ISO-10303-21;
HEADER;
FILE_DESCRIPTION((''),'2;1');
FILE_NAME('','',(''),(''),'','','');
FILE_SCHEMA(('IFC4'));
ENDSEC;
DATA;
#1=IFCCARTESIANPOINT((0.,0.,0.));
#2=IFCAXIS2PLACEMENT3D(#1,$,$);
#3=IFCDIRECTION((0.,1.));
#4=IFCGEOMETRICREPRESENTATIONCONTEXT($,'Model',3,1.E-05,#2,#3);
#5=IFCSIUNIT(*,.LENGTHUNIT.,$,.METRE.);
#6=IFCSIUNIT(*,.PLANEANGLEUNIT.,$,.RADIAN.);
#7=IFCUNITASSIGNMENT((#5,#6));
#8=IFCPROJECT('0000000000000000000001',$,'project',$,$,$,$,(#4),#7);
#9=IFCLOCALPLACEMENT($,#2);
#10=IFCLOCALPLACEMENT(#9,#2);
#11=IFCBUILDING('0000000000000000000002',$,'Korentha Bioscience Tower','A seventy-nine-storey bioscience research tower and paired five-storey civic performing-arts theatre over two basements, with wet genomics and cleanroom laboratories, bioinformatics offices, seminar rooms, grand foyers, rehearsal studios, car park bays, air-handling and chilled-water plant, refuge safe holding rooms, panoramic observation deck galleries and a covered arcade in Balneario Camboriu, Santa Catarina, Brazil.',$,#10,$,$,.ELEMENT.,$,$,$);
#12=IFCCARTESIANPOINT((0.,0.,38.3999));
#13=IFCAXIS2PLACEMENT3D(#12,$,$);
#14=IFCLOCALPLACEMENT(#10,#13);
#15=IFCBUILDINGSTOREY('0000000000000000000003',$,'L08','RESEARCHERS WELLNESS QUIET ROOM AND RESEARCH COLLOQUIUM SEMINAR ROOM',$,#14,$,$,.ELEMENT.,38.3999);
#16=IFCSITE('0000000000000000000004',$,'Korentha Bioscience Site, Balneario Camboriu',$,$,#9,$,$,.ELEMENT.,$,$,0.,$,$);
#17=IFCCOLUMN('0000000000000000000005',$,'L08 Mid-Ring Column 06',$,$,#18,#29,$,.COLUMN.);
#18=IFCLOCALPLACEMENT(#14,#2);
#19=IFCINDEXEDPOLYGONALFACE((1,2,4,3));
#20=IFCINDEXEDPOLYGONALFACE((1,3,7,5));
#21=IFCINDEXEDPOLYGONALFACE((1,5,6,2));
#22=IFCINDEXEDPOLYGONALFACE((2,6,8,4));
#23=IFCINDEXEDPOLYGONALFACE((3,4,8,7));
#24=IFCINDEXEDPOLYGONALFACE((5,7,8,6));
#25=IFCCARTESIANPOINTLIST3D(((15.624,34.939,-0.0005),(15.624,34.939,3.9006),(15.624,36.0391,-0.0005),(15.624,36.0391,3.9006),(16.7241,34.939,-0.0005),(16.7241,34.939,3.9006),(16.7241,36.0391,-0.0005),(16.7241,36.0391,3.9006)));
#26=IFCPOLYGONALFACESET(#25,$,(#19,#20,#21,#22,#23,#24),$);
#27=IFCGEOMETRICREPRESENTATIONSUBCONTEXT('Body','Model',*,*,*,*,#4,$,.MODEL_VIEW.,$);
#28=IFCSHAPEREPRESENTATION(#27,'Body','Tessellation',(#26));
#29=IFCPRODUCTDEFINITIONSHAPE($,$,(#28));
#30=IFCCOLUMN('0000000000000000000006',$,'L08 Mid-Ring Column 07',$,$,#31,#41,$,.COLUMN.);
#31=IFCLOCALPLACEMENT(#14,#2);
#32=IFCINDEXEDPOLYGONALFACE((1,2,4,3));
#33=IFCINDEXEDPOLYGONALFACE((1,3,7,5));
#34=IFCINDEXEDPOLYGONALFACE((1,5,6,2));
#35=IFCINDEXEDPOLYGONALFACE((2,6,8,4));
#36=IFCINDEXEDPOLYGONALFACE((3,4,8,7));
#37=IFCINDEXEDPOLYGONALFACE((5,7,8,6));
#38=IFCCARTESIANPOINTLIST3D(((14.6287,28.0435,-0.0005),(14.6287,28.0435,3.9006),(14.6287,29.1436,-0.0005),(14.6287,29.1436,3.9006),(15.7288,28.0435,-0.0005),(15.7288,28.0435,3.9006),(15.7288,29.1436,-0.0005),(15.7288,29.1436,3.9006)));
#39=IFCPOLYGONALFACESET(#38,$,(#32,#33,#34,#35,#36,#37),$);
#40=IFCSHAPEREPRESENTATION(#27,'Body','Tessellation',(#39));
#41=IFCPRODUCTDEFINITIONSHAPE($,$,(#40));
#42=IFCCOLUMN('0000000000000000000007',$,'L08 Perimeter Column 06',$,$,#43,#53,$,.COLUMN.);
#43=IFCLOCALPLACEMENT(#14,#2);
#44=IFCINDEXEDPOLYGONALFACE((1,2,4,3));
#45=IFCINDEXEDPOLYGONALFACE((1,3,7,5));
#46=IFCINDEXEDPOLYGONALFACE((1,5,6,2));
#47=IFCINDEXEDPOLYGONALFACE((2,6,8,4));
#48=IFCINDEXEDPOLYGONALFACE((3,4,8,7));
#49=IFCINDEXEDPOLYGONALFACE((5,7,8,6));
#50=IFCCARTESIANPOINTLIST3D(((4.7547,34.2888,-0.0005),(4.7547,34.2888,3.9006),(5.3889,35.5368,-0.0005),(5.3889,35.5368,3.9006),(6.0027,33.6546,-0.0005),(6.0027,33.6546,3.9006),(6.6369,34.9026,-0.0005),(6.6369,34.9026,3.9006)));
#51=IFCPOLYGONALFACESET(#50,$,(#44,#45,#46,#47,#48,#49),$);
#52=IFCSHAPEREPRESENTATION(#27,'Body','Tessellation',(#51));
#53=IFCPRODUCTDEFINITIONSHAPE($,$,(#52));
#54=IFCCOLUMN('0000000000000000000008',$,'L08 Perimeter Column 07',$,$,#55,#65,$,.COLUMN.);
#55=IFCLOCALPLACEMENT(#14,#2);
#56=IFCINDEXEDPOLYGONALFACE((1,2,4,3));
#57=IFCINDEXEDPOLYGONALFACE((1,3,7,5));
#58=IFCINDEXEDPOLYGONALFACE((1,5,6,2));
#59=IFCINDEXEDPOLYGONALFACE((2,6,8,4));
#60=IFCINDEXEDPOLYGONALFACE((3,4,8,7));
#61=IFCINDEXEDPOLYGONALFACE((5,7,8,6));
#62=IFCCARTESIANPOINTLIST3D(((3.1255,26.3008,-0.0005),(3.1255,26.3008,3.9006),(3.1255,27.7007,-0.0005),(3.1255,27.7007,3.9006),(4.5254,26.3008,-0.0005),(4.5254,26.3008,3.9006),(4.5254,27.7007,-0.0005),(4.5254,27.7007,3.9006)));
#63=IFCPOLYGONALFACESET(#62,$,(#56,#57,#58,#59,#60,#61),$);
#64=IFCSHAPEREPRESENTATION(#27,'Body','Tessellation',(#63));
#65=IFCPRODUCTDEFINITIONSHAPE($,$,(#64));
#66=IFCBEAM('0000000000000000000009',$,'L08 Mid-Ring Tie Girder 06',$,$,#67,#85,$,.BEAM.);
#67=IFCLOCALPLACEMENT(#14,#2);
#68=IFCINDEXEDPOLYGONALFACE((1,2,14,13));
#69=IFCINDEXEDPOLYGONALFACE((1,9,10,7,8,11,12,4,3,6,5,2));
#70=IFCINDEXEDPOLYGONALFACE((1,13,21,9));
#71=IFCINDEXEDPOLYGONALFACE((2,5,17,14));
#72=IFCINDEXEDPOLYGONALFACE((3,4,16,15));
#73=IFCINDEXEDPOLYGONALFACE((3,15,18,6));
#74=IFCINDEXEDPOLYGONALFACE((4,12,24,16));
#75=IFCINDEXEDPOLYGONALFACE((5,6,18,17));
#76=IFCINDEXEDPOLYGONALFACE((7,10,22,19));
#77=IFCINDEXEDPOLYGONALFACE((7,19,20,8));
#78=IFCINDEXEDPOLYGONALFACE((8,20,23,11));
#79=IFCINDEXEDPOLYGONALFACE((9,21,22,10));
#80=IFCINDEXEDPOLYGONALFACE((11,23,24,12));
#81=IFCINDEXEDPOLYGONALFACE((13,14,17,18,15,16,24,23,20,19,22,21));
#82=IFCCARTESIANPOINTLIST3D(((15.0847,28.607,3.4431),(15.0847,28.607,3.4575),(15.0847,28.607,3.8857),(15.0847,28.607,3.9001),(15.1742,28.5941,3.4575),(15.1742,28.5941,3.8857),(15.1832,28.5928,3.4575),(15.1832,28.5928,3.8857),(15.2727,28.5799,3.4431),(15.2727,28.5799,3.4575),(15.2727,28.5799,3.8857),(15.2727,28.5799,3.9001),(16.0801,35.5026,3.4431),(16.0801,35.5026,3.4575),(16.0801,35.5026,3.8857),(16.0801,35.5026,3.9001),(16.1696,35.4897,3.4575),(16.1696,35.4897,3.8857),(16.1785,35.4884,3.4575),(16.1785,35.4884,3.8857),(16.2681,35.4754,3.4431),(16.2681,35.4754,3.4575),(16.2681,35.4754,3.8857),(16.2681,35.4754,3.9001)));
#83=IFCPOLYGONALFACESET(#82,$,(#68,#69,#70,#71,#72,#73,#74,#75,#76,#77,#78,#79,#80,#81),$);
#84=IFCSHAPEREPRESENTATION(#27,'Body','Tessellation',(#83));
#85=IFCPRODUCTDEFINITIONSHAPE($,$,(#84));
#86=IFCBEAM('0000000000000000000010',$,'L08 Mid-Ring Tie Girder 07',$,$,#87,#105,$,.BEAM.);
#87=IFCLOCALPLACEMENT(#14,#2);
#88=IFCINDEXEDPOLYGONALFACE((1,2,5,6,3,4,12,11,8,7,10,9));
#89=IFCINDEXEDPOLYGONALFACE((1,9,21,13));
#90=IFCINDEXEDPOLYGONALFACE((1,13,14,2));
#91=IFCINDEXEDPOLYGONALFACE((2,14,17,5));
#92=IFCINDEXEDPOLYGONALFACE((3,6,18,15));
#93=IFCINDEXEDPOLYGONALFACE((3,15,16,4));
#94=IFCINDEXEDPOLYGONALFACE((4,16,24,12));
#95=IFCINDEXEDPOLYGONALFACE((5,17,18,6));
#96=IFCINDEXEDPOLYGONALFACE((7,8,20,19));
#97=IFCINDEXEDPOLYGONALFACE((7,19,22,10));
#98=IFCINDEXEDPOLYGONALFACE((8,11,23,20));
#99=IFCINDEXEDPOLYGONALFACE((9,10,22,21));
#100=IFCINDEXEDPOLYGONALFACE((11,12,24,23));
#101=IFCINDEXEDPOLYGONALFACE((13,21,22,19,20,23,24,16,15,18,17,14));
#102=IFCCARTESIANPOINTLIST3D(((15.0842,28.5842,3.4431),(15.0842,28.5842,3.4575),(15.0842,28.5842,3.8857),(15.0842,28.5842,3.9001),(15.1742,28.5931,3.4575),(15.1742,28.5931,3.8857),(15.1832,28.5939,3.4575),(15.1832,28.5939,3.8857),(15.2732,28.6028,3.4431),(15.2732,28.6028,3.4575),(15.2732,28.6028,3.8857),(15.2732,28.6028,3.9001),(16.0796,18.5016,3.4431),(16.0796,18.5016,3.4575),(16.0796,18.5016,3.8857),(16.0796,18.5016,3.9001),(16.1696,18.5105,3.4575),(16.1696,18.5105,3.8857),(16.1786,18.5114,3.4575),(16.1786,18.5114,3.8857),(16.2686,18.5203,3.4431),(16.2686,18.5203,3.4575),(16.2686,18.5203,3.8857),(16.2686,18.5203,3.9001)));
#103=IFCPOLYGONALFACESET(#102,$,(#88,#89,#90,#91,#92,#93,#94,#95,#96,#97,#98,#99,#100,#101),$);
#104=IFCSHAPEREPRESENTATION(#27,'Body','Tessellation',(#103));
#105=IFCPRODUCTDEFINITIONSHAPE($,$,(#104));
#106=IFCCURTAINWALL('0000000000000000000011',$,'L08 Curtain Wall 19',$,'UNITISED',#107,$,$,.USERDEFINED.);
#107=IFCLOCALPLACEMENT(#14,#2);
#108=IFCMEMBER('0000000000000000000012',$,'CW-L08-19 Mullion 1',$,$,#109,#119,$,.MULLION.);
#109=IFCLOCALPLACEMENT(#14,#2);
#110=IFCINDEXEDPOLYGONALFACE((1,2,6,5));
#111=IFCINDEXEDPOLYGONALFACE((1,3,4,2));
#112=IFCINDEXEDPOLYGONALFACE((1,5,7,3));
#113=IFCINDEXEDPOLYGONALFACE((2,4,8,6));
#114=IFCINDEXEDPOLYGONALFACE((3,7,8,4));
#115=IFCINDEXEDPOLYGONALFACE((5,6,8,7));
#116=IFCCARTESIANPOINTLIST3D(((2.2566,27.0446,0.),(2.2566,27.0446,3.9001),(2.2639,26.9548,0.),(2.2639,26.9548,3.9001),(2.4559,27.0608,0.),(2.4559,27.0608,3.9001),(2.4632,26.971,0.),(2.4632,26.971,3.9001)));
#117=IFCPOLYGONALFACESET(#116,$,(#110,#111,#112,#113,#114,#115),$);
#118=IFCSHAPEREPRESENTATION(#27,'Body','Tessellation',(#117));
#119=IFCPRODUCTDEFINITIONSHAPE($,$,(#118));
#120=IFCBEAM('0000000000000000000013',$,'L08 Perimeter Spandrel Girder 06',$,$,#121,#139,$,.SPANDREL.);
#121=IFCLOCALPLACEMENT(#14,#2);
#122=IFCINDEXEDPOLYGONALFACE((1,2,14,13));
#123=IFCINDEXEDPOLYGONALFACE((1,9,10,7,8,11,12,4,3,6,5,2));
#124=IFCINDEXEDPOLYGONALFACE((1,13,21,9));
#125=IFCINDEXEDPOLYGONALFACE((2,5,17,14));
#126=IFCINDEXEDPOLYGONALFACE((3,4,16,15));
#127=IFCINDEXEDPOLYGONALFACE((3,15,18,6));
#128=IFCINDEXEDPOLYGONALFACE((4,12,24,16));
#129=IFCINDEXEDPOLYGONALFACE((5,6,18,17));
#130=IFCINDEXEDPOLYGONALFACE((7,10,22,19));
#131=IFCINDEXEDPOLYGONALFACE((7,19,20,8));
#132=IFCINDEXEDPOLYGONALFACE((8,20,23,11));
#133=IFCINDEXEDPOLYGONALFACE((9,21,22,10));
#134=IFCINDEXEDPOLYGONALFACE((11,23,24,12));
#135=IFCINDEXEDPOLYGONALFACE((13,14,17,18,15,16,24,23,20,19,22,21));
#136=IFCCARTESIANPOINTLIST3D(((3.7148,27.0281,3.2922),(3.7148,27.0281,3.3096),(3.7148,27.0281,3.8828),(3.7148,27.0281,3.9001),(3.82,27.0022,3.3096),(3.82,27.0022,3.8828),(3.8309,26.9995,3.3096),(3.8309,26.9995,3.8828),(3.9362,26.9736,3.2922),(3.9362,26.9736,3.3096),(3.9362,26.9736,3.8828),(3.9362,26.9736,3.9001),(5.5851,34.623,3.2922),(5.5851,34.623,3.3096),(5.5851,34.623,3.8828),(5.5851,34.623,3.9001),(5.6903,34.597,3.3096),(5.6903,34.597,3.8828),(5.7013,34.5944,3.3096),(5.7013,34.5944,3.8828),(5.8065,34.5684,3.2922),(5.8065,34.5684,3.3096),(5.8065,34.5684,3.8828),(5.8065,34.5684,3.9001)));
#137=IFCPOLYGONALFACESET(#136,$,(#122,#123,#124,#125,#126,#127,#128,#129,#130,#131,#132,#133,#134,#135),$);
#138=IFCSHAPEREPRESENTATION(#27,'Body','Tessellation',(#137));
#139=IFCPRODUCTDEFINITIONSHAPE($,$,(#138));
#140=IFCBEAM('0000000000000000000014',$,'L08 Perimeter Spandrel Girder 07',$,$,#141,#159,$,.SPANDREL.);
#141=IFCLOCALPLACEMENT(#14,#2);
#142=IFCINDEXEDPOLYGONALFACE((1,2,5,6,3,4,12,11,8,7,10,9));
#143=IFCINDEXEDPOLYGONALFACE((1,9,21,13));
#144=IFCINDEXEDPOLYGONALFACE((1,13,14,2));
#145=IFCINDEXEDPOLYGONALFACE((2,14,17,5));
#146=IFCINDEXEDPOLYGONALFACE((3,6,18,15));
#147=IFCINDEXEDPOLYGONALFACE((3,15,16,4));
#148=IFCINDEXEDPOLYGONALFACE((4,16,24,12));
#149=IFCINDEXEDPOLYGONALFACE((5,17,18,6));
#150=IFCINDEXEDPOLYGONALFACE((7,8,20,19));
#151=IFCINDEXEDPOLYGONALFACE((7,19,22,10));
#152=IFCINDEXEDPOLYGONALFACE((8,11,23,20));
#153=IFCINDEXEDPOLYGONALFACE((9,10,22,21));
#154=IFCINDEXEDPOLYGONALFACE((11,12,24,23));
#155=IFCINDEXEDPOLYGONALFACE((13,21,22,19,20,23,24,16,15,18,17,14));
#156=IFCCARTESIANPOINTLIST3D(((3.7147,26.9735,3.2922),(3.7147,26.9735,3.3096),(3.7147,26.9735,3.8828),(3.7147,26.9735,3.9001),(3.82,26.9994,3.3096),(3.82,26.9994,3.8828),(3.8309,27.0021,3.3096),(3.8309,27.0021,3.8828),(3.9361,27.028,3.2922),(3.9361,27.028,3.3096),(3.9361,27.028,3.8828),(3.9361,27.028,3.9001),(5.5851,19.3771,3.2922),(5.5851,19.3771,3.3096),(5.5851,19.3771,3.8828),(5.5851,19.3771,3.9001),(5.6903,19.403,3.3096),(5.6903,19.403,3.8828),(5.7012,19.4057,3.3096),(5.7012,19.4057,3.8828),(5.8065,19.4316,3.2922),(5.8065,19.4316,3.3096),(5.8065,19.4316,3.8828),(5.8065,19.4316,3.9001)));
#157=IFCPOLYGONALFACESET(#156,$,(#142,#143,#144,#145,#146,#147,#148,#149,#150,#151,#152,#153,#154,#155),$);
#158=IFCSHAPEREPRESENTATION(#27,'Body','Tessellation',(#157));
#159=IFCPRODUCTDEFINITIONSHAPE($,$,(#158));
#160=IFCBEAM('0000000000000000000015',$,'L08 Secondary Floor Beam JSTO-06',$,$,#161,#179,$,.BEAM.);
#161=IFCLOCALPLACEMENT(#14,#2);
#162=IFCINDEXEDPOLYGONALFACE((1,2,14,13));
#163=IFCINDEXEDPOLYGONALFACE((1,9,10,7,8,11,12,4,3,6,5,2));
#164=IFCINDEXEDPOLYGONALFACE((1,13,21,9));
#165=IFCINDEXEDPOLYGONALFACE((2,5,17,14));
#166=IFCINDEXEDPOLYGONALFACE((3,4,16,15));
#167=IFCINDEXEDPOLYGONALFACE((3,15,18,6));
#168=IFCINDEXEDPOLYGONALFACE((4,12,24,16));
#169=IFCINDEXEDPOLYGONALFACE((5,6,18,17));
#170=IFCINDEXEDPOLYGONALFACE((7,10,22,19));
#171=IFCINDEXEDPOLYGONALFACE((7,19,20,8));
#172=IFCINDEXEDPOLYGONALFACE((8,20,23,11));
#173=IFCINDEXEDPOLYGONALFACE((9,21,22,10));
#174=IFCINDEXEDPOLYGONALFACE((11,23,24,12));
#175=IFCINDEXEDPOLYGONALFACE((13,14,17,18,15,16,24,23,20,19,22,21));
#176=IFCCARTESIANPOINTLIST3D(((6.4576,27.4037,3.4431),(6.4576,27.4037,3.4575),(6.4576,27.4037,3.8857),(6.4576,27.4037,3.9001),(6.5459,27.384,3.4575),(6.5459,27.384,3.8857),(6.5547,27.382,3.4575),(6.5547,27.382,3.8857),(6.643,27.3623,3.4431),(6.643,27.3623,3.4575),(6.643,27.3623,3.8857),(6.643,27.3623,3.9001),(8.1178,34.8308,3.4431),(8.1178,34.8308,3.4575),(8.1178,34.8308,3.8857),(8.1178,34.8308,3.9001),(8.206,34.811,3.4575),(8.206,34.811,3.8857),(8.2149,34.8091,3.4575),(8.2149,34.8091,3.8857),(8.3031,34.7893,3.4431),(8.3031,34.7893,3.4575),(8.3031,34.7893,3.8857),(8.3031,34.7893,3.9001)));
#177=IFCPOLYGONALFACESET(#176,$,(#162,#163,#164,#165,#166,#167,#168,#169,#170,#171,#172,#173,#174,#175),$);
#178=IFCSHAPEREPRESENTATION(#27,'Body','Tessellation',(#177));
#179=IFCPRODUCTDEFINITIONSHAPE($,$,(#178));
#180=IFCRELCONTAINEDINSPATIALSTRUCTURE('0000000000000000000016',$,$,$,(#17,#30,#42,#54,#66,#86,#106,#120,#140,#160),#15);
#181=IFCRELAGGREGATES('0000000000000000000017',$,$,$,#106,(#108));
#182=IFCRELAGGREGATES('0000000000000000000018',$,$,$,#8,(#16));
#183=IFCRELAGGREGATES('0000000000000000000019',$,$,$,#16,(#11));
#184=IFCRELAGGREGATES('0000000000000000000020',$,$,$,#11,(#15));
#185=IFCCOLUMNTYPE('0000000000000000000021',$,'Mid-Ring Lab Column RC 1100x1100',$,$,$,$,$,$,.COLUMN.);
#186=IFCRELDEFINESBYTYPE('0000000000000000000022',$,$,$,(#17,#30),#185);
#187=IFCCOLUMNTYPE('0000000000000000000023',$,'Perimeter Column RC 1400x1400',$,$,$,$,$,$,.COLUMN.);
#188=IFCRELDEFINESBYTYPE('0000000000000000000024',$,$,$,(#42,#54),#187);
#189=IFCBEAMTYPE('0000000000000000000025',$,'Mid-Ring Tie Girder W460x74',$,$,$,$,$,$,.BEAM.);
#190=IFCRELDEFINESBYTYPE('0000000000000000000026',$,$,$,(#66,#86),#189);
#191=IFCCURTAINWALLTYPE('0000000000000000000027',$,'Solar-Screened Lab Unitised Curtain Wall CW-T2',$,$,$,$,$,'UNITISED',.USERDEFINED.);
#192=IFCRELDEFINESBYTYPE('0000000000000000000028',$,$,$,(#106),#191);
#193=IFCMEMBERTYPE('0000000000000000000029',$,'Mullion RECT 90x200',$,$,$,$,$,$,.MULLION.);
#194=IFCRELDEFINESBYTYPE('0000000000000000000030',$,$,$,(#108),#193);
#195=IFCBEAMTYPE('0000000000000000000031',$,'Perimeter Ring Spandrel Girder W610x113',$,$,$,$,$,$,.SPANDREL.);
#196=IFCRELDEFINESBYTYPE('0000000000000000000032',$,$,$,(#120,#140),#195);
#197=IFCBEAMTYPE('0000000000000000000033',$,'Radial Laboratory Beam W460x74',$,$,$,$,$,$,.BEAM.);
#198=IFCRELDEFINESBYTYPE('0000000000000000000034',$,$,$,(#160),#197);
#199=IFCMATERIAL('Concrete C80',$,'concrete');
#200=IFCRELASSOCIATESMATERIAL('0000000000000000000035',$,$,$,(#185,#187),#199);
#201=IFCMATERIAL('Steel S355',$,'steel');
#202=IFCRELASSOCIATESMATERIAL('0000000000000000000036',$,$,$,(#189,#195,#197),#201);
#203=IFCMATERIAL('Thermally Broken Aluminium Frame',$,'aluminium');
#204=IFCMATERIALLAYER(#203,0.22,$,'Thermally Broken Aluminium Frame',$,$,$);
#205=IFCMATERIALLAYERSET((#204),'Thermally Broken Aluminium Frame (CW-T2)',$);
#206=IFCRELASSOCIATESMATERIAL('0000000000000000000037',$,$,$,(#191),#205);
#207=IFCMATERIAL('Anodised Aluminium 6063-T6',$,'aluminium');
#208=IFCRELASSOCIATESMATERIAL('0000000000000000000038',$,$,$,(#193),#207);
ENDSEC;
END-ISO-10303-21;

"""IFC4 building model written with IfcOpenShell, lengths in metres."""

from ifc_helpers import new_model, si_unit, direction, frame, origin, origin_2d, place, context, subcontext, project, spatial, rectangle, i_section, extrude, material, layer, layer_set, material_profile, profile_set, type_object, element, aggregate, save


model = new_model("IFC4")

# Units and contexts
model_context = context("Model", 3, precision=1e-05, world=origin(), true_north=direction((0.0, 1.0)))
body_context = subcontext(model_context, "Body", "Model", "MODEL_VIEW")
ifc_project = project(units=[si_unit("LENGTHUNIT", "METRE"), si_unit("PLANEANGLEUNIT", "RADIAN")], contexts=[model_context])

# Site, building, storey
site_placement = place(None, origin())
site = spatial("IfcSite", under=ifc_project, at=site_placement, Name="Korentha Bioscience Site, Balneario Camboriu", CompositionType="ELEMENT", RefElevation=0.0)
building_placement = place(site_placement, origin())
building = spatial("IfcBuilding", under=site, at=building_placement, Name="Korentha Bioscience Tower", Description="A seventy-nine-storey bioscience research tower and paired five-storey civic performing-arts theatre over two basements, with wet genomics and cleanroom laboratories, bioinformatics offices, seminar rooms, grand foyers, rehearsal studios, car park bays, air-handling and chilled-water plant, refuge safe holding rooms, panoramic observation deck galleries and a covered arcade in Balneario Camboriu, Santa Catarina, Brazil.", CompositionType="ELEMENT")
storey_placement = place(building_placement, frame((0.0, 0.0, 38.3999)))
storey = spatial("IfcBuildingStorey", under=building, at=storey_placement, Name="L08", Description="RESEARCHERS WELLNESS QUIET ROOM AND RESEARCH COLLOQUIUM SEMINAR ROOM", CompositionType="ELEMENT", Elevation=38.3999)

# Columns
ifc_material_1 = material(Name="Concrete C80", Category="concrete")
ifc_material_profile_1 = material_profile(ifc_material_1, rectangle(XDim=1.1001, YDim=1.1001, at=origin_2d()), Name="Concrete C80")
ifc_profile_set_1 = profile_set([ifc_material_profile_1], Name="Concrete C80 (COL-MR11)")
column_type_1 = type_object("IfcColumnType", Name="Mid-Ring Lab Column RC 1100x1100", PredefinedType="COLUMN", material=ifc_profile_set_1)
for number, where, z_axis, x_axis, name in (
    (1, (16.1741, 35.489, -0.0005), (0.0, 0.0, 1.0), (1.0, 0.0, 0.0), "L08 Mid-Ring Column 06"),
    (2, (15.1787, 28.5935, -0.0005), (0.0, 0.0, 1.0), (1.0, 0.0, 0.0), "L08 Mid-Ring Column 07"),
):
    element("IfcColumn", number, at=place(storey_placement, frame(where, z_axis=z_axis, x_axis=x_axis)), inside=storey, type_object=column_type_1, Name=name, PredefinedType="COLUMN", context=body_context, shape_type="SweptSolid", body=[
        extrude(rectangle(XDim=1.1001, YDim=1.1001, at=origin_2d()), origin(), (0.0, 0.0, 1.0), 3.9011),
    ])
ifc_material_profile_2 = material_profile(ifc_material_1, rectangle(XDim=1.3999, YDim=1.3999, at=origin_2d()), Name="Concrete C80")
ifc_profile_set_2 = profile_set([ifc_material_profile_2], Name="Concrete C80 (COL-P14)")
column_type_2 = type_object("IfcColumnType", Name="Perimeter Column RC 1400x1400", PredefinedType="COLUMN", material=ifc_profile_set_2)
for number, where, z_axis, x_axis, name in (
    (3, (5.6958, 34.5957, -0.0005), (0.0, 0.0, 1.0), (0.453057, 0.891481, 0.0), "L08 Perimeter Column 06"),
    (4, (3.8254, 27.0007, -0.0005), (0.0, 0.0, 1.0), (0.0, 1.0, 0.0), "L08 Perimeter Column 07"),
):
    element("IfcColumn", number, at=place(storey_placement, frame(where, z_axis=z_axis, x_axis=x_axis)), inside=storey, type_object=column_type_2, Name=name, PredefinedType="COLUMN", context=body_context, shape_type="SweptSolid", body=[
        extrude(rectangle(XDim=1.3999, YDim=1.3999, at=origin_2d()), origin(), (0.0, 0.0, 1.0), 3.9011),
    ])

# Beams
ifc_material_2 = material(Name="Steel S355", Category="steel")
ifc_material_profile_3 = material_profile(ifc_material_2, i_section(OverallWidth=0.1899, OverallDepth=0.457, WebThickness=0.009, FlangeThickness=0.0144, at=origin_2d()), Name="Steel S355")
ifc_profile_set_3 = profile_set([ifc_material_profile_3], Name="Steel S355 (MB-460)")
beam_type_1 = type_object("IfcBeamType", Name="Mid-Ring Tie Girder W460x74", PredefinedType="BEAM", material=ifc_profile_set_3)
beam_1_placement = place(storey_placement, frame((16.1741, 35.489, 3.6716), z_axis=(-0.142868, -0.989742, 0.0), x_axis=(0.989742, -0.142868, 0.0)))
element("IfcBeam", 5, at=beam_1_placement, inside=storey, type_object=beam_type_1, Name="L08 Mid-Ring Tie Girder 06", PredefinedType="BEAM", context=body_context, shape_type="SweptSolid", body=[
    extrude(i_section(OverallWidth=0.1899, OverallDepth=0.457, WebThickness=0.009, FlangeThickness=0.0144, at=origin_2d()), origin(), (0.0, 0.0, 1.0), 6.967),
])
beam_2_placement = place(storey_placement, frame((15.1787, 28.5935, 3.6716), z_axis=(0.098244, -0.995162, 0.0), x_axis=(0.995162, 0.098244, 0.0)))
element("IfcBeam", 6, at=beam_2_placement, inside=storey, type_object=beam_type_1, Name="L08 Mid-Ring Tie Girder 07", PredefinedType="BEAM", context=body_context, shape_type="SweptSolid", body=[
    extrude(i_section(OverallWidth=0.1899, OverallDepth=0.457, WebThickness=0.009, FlangeThickness=0.0144, at=origin_2d()), origin(), (0.0, 0.0, 1.0), 10.1316),
])

# Curtain wall, member
ifc_material_3 = material(Name="Thermally Broken Aluminium Frame", Category="aluminium")
ifc_layer_1 = layer(ifc_material_3, 0.22, Name="Thermally Broken Aluminium Frame")
ifc_layer_set_1 = layer_set([ifc_layer_1], Name="Thermally Broken Aluminium Frame (CW-T2)")
curtain_wall_type = type_object("IfcCurtainWallType", Name="Solar-Screened Lab Unitised Curtain Wall CW-T2", ElementType="UNITISED", PredefinedType="USERDEFINED", material=ifc_layer_set_1)
curtain_wall_placement = place(storey_placement, origin())
curtain_wall = element("IfcCurtainWall", 7, at=curtain_wall_placement, inside=storey, type_object=curtain_wall_type, Name="L08 Curtain Wall 19", ObjectType="UNITISED", PredefinedType="USERDEFINED")
ifc_material_4 = material(Name="Anodised Aluminium 6063-T6", Category="aluminium")
ifc_material_profile_4 = material_profile(ifc_material_4, rectangle(XDim=0.0901, YDim=0.2, at=origin_2d()), Name="Anodised Aluminium 6063-T6")
ifc_profile_set_4 = profile_set([ifc_material_profile_4], Name="Anodised Aluminium 6063-T6 (CW-MUL)")
member_type_1 = type_object("IfcMemberType", Name="Mullion RECT 90x200", PredefinedType="MULLION", material=ifc_profile_set_4)
member_1_placement = place(storey_placement, frame((2.3599, 27.0078, 0.0), z_axis=(0.0, 0.0, 1.0), x_axis=(0.08082, -0.996729, 0.0)))
member_1 = element("IfcMember", 8, at=member_1_placement, type_object=member_type_1, Name="CW-L08-19 Mullion 1", PredefinedType="MULLION", context=body_context, shape_type="SweptSolid", body=[
    extrude(rectangle(XDim=0.0901, YDim=0.2, at=origin_2d()), origin(), (0.0, 0.0, 1.0), 3.9001),
])

# Beams
ifc_material_profile_5 = material_profile(ifc_material_2, i_section(OverallWidth=0.228, OverallDepth=0.6079, WebThickness=0.0112, FlangeThickness=0.0173, at=origin_2d()), Name="Steel S355")
ifc_profile_set_5 = profile_set([ifc_material_profile_5], Name="Steel S355 (SB-610)")
beam_type_2 = type_object("IfcBeamType", Name="Perimeter Ring Spandrel Girder W610x113", PredefinedType="SPANDREL", material=ifc_profile_set_5)
beam_3_placement = place(storey_placement, frame((5.6958, 34.5957, 3.5962), z_axis=(-0.239119, -0.97099, 0.0), x_axis=(0.97099, -0.239119, 0.0)))
element("IfcBeam", 9, at=beam_3_placement, inside=storey, type_object=beam_type_2, Name="L08 Perimeter Spandrel Girder 06", PredefinedType="SPANDREL", context=body_context, shape_type="SweptSolid", body=[
    extrude(i_section(OverallWidth=0.228, OverallDepth=0.6079, WebThickness=0.0112, FlangeThickness=0.0173, at=origin_2d()), origin(), (0.0, 0.0, 1.0), 7.8218),
])
beam_4_placement = place(storey_placement, frame((3.8254, 27.0007, 3.5962), z_axis=(0.239076, -0.971001, 0.0), x_axis=(0.971001, 0.239076, 0.0)))
element("IfcBeam", 10, at=beam_4_placement, inside=storey, type_object=beam_type_2, Name="L08 Perimeter Spandrel Girder 07", PredefinedType="SPANDREL", context=body_context, shape_type="SweptSolid", body=[
    extrude(i_section(OverallWidth=0.228, OverallDepth=0.6079, WebThickness=0.0112, FlangeThickness=0.0173, at=origin_2d()), origin(), (0.0, 0.0, 1.0), 7.8232),
])
ifc_material_profile_6 = material_profile(ifc_material_2, i_section(OverallWidth=0.1899, OverallDepth=0.457, WebThickness=0.009, FlangeThickness=0.0144, at=origin_2d()), Name="Steel S355")
ifc_profile_set_6 = profile_set([ifc_material_profile_6], Name="Steel S355 (RB-460)")
beam_type_3 = type_object("IfcBeamType", Name="Radial Laboratory Beam W460x74", PredefinedType="BEAM", material=ifc_profile_set_6)
beam_5_placement = place(storey_placement, frame((8.2104, 34.8101, 3.6716), z_axis=(-0.218146, -0.975916, 0.0), x_axis=(0.975916, -0.218146, 0.0)))
element("IfcBeam", 11, at=beam_5_placement, inside=storey, type_object=beam_type_3, Name="L08 Secondary Floor Beam JSTO-06", PredefinedType="BEAM", context=body_context, shape_type="SweptSolid", body=[
    extrude(i_section(OverallWidth=0.1899, OverallDepth=0.457, WebThickness=0.009, FlangeThickness=0.0144, at=origin_2d()), origin(), (0.0, 0.0, 1.0), 7.6104),
])

aggregate(curtain_wall, [member_1])

save(model, "model.ifc")
